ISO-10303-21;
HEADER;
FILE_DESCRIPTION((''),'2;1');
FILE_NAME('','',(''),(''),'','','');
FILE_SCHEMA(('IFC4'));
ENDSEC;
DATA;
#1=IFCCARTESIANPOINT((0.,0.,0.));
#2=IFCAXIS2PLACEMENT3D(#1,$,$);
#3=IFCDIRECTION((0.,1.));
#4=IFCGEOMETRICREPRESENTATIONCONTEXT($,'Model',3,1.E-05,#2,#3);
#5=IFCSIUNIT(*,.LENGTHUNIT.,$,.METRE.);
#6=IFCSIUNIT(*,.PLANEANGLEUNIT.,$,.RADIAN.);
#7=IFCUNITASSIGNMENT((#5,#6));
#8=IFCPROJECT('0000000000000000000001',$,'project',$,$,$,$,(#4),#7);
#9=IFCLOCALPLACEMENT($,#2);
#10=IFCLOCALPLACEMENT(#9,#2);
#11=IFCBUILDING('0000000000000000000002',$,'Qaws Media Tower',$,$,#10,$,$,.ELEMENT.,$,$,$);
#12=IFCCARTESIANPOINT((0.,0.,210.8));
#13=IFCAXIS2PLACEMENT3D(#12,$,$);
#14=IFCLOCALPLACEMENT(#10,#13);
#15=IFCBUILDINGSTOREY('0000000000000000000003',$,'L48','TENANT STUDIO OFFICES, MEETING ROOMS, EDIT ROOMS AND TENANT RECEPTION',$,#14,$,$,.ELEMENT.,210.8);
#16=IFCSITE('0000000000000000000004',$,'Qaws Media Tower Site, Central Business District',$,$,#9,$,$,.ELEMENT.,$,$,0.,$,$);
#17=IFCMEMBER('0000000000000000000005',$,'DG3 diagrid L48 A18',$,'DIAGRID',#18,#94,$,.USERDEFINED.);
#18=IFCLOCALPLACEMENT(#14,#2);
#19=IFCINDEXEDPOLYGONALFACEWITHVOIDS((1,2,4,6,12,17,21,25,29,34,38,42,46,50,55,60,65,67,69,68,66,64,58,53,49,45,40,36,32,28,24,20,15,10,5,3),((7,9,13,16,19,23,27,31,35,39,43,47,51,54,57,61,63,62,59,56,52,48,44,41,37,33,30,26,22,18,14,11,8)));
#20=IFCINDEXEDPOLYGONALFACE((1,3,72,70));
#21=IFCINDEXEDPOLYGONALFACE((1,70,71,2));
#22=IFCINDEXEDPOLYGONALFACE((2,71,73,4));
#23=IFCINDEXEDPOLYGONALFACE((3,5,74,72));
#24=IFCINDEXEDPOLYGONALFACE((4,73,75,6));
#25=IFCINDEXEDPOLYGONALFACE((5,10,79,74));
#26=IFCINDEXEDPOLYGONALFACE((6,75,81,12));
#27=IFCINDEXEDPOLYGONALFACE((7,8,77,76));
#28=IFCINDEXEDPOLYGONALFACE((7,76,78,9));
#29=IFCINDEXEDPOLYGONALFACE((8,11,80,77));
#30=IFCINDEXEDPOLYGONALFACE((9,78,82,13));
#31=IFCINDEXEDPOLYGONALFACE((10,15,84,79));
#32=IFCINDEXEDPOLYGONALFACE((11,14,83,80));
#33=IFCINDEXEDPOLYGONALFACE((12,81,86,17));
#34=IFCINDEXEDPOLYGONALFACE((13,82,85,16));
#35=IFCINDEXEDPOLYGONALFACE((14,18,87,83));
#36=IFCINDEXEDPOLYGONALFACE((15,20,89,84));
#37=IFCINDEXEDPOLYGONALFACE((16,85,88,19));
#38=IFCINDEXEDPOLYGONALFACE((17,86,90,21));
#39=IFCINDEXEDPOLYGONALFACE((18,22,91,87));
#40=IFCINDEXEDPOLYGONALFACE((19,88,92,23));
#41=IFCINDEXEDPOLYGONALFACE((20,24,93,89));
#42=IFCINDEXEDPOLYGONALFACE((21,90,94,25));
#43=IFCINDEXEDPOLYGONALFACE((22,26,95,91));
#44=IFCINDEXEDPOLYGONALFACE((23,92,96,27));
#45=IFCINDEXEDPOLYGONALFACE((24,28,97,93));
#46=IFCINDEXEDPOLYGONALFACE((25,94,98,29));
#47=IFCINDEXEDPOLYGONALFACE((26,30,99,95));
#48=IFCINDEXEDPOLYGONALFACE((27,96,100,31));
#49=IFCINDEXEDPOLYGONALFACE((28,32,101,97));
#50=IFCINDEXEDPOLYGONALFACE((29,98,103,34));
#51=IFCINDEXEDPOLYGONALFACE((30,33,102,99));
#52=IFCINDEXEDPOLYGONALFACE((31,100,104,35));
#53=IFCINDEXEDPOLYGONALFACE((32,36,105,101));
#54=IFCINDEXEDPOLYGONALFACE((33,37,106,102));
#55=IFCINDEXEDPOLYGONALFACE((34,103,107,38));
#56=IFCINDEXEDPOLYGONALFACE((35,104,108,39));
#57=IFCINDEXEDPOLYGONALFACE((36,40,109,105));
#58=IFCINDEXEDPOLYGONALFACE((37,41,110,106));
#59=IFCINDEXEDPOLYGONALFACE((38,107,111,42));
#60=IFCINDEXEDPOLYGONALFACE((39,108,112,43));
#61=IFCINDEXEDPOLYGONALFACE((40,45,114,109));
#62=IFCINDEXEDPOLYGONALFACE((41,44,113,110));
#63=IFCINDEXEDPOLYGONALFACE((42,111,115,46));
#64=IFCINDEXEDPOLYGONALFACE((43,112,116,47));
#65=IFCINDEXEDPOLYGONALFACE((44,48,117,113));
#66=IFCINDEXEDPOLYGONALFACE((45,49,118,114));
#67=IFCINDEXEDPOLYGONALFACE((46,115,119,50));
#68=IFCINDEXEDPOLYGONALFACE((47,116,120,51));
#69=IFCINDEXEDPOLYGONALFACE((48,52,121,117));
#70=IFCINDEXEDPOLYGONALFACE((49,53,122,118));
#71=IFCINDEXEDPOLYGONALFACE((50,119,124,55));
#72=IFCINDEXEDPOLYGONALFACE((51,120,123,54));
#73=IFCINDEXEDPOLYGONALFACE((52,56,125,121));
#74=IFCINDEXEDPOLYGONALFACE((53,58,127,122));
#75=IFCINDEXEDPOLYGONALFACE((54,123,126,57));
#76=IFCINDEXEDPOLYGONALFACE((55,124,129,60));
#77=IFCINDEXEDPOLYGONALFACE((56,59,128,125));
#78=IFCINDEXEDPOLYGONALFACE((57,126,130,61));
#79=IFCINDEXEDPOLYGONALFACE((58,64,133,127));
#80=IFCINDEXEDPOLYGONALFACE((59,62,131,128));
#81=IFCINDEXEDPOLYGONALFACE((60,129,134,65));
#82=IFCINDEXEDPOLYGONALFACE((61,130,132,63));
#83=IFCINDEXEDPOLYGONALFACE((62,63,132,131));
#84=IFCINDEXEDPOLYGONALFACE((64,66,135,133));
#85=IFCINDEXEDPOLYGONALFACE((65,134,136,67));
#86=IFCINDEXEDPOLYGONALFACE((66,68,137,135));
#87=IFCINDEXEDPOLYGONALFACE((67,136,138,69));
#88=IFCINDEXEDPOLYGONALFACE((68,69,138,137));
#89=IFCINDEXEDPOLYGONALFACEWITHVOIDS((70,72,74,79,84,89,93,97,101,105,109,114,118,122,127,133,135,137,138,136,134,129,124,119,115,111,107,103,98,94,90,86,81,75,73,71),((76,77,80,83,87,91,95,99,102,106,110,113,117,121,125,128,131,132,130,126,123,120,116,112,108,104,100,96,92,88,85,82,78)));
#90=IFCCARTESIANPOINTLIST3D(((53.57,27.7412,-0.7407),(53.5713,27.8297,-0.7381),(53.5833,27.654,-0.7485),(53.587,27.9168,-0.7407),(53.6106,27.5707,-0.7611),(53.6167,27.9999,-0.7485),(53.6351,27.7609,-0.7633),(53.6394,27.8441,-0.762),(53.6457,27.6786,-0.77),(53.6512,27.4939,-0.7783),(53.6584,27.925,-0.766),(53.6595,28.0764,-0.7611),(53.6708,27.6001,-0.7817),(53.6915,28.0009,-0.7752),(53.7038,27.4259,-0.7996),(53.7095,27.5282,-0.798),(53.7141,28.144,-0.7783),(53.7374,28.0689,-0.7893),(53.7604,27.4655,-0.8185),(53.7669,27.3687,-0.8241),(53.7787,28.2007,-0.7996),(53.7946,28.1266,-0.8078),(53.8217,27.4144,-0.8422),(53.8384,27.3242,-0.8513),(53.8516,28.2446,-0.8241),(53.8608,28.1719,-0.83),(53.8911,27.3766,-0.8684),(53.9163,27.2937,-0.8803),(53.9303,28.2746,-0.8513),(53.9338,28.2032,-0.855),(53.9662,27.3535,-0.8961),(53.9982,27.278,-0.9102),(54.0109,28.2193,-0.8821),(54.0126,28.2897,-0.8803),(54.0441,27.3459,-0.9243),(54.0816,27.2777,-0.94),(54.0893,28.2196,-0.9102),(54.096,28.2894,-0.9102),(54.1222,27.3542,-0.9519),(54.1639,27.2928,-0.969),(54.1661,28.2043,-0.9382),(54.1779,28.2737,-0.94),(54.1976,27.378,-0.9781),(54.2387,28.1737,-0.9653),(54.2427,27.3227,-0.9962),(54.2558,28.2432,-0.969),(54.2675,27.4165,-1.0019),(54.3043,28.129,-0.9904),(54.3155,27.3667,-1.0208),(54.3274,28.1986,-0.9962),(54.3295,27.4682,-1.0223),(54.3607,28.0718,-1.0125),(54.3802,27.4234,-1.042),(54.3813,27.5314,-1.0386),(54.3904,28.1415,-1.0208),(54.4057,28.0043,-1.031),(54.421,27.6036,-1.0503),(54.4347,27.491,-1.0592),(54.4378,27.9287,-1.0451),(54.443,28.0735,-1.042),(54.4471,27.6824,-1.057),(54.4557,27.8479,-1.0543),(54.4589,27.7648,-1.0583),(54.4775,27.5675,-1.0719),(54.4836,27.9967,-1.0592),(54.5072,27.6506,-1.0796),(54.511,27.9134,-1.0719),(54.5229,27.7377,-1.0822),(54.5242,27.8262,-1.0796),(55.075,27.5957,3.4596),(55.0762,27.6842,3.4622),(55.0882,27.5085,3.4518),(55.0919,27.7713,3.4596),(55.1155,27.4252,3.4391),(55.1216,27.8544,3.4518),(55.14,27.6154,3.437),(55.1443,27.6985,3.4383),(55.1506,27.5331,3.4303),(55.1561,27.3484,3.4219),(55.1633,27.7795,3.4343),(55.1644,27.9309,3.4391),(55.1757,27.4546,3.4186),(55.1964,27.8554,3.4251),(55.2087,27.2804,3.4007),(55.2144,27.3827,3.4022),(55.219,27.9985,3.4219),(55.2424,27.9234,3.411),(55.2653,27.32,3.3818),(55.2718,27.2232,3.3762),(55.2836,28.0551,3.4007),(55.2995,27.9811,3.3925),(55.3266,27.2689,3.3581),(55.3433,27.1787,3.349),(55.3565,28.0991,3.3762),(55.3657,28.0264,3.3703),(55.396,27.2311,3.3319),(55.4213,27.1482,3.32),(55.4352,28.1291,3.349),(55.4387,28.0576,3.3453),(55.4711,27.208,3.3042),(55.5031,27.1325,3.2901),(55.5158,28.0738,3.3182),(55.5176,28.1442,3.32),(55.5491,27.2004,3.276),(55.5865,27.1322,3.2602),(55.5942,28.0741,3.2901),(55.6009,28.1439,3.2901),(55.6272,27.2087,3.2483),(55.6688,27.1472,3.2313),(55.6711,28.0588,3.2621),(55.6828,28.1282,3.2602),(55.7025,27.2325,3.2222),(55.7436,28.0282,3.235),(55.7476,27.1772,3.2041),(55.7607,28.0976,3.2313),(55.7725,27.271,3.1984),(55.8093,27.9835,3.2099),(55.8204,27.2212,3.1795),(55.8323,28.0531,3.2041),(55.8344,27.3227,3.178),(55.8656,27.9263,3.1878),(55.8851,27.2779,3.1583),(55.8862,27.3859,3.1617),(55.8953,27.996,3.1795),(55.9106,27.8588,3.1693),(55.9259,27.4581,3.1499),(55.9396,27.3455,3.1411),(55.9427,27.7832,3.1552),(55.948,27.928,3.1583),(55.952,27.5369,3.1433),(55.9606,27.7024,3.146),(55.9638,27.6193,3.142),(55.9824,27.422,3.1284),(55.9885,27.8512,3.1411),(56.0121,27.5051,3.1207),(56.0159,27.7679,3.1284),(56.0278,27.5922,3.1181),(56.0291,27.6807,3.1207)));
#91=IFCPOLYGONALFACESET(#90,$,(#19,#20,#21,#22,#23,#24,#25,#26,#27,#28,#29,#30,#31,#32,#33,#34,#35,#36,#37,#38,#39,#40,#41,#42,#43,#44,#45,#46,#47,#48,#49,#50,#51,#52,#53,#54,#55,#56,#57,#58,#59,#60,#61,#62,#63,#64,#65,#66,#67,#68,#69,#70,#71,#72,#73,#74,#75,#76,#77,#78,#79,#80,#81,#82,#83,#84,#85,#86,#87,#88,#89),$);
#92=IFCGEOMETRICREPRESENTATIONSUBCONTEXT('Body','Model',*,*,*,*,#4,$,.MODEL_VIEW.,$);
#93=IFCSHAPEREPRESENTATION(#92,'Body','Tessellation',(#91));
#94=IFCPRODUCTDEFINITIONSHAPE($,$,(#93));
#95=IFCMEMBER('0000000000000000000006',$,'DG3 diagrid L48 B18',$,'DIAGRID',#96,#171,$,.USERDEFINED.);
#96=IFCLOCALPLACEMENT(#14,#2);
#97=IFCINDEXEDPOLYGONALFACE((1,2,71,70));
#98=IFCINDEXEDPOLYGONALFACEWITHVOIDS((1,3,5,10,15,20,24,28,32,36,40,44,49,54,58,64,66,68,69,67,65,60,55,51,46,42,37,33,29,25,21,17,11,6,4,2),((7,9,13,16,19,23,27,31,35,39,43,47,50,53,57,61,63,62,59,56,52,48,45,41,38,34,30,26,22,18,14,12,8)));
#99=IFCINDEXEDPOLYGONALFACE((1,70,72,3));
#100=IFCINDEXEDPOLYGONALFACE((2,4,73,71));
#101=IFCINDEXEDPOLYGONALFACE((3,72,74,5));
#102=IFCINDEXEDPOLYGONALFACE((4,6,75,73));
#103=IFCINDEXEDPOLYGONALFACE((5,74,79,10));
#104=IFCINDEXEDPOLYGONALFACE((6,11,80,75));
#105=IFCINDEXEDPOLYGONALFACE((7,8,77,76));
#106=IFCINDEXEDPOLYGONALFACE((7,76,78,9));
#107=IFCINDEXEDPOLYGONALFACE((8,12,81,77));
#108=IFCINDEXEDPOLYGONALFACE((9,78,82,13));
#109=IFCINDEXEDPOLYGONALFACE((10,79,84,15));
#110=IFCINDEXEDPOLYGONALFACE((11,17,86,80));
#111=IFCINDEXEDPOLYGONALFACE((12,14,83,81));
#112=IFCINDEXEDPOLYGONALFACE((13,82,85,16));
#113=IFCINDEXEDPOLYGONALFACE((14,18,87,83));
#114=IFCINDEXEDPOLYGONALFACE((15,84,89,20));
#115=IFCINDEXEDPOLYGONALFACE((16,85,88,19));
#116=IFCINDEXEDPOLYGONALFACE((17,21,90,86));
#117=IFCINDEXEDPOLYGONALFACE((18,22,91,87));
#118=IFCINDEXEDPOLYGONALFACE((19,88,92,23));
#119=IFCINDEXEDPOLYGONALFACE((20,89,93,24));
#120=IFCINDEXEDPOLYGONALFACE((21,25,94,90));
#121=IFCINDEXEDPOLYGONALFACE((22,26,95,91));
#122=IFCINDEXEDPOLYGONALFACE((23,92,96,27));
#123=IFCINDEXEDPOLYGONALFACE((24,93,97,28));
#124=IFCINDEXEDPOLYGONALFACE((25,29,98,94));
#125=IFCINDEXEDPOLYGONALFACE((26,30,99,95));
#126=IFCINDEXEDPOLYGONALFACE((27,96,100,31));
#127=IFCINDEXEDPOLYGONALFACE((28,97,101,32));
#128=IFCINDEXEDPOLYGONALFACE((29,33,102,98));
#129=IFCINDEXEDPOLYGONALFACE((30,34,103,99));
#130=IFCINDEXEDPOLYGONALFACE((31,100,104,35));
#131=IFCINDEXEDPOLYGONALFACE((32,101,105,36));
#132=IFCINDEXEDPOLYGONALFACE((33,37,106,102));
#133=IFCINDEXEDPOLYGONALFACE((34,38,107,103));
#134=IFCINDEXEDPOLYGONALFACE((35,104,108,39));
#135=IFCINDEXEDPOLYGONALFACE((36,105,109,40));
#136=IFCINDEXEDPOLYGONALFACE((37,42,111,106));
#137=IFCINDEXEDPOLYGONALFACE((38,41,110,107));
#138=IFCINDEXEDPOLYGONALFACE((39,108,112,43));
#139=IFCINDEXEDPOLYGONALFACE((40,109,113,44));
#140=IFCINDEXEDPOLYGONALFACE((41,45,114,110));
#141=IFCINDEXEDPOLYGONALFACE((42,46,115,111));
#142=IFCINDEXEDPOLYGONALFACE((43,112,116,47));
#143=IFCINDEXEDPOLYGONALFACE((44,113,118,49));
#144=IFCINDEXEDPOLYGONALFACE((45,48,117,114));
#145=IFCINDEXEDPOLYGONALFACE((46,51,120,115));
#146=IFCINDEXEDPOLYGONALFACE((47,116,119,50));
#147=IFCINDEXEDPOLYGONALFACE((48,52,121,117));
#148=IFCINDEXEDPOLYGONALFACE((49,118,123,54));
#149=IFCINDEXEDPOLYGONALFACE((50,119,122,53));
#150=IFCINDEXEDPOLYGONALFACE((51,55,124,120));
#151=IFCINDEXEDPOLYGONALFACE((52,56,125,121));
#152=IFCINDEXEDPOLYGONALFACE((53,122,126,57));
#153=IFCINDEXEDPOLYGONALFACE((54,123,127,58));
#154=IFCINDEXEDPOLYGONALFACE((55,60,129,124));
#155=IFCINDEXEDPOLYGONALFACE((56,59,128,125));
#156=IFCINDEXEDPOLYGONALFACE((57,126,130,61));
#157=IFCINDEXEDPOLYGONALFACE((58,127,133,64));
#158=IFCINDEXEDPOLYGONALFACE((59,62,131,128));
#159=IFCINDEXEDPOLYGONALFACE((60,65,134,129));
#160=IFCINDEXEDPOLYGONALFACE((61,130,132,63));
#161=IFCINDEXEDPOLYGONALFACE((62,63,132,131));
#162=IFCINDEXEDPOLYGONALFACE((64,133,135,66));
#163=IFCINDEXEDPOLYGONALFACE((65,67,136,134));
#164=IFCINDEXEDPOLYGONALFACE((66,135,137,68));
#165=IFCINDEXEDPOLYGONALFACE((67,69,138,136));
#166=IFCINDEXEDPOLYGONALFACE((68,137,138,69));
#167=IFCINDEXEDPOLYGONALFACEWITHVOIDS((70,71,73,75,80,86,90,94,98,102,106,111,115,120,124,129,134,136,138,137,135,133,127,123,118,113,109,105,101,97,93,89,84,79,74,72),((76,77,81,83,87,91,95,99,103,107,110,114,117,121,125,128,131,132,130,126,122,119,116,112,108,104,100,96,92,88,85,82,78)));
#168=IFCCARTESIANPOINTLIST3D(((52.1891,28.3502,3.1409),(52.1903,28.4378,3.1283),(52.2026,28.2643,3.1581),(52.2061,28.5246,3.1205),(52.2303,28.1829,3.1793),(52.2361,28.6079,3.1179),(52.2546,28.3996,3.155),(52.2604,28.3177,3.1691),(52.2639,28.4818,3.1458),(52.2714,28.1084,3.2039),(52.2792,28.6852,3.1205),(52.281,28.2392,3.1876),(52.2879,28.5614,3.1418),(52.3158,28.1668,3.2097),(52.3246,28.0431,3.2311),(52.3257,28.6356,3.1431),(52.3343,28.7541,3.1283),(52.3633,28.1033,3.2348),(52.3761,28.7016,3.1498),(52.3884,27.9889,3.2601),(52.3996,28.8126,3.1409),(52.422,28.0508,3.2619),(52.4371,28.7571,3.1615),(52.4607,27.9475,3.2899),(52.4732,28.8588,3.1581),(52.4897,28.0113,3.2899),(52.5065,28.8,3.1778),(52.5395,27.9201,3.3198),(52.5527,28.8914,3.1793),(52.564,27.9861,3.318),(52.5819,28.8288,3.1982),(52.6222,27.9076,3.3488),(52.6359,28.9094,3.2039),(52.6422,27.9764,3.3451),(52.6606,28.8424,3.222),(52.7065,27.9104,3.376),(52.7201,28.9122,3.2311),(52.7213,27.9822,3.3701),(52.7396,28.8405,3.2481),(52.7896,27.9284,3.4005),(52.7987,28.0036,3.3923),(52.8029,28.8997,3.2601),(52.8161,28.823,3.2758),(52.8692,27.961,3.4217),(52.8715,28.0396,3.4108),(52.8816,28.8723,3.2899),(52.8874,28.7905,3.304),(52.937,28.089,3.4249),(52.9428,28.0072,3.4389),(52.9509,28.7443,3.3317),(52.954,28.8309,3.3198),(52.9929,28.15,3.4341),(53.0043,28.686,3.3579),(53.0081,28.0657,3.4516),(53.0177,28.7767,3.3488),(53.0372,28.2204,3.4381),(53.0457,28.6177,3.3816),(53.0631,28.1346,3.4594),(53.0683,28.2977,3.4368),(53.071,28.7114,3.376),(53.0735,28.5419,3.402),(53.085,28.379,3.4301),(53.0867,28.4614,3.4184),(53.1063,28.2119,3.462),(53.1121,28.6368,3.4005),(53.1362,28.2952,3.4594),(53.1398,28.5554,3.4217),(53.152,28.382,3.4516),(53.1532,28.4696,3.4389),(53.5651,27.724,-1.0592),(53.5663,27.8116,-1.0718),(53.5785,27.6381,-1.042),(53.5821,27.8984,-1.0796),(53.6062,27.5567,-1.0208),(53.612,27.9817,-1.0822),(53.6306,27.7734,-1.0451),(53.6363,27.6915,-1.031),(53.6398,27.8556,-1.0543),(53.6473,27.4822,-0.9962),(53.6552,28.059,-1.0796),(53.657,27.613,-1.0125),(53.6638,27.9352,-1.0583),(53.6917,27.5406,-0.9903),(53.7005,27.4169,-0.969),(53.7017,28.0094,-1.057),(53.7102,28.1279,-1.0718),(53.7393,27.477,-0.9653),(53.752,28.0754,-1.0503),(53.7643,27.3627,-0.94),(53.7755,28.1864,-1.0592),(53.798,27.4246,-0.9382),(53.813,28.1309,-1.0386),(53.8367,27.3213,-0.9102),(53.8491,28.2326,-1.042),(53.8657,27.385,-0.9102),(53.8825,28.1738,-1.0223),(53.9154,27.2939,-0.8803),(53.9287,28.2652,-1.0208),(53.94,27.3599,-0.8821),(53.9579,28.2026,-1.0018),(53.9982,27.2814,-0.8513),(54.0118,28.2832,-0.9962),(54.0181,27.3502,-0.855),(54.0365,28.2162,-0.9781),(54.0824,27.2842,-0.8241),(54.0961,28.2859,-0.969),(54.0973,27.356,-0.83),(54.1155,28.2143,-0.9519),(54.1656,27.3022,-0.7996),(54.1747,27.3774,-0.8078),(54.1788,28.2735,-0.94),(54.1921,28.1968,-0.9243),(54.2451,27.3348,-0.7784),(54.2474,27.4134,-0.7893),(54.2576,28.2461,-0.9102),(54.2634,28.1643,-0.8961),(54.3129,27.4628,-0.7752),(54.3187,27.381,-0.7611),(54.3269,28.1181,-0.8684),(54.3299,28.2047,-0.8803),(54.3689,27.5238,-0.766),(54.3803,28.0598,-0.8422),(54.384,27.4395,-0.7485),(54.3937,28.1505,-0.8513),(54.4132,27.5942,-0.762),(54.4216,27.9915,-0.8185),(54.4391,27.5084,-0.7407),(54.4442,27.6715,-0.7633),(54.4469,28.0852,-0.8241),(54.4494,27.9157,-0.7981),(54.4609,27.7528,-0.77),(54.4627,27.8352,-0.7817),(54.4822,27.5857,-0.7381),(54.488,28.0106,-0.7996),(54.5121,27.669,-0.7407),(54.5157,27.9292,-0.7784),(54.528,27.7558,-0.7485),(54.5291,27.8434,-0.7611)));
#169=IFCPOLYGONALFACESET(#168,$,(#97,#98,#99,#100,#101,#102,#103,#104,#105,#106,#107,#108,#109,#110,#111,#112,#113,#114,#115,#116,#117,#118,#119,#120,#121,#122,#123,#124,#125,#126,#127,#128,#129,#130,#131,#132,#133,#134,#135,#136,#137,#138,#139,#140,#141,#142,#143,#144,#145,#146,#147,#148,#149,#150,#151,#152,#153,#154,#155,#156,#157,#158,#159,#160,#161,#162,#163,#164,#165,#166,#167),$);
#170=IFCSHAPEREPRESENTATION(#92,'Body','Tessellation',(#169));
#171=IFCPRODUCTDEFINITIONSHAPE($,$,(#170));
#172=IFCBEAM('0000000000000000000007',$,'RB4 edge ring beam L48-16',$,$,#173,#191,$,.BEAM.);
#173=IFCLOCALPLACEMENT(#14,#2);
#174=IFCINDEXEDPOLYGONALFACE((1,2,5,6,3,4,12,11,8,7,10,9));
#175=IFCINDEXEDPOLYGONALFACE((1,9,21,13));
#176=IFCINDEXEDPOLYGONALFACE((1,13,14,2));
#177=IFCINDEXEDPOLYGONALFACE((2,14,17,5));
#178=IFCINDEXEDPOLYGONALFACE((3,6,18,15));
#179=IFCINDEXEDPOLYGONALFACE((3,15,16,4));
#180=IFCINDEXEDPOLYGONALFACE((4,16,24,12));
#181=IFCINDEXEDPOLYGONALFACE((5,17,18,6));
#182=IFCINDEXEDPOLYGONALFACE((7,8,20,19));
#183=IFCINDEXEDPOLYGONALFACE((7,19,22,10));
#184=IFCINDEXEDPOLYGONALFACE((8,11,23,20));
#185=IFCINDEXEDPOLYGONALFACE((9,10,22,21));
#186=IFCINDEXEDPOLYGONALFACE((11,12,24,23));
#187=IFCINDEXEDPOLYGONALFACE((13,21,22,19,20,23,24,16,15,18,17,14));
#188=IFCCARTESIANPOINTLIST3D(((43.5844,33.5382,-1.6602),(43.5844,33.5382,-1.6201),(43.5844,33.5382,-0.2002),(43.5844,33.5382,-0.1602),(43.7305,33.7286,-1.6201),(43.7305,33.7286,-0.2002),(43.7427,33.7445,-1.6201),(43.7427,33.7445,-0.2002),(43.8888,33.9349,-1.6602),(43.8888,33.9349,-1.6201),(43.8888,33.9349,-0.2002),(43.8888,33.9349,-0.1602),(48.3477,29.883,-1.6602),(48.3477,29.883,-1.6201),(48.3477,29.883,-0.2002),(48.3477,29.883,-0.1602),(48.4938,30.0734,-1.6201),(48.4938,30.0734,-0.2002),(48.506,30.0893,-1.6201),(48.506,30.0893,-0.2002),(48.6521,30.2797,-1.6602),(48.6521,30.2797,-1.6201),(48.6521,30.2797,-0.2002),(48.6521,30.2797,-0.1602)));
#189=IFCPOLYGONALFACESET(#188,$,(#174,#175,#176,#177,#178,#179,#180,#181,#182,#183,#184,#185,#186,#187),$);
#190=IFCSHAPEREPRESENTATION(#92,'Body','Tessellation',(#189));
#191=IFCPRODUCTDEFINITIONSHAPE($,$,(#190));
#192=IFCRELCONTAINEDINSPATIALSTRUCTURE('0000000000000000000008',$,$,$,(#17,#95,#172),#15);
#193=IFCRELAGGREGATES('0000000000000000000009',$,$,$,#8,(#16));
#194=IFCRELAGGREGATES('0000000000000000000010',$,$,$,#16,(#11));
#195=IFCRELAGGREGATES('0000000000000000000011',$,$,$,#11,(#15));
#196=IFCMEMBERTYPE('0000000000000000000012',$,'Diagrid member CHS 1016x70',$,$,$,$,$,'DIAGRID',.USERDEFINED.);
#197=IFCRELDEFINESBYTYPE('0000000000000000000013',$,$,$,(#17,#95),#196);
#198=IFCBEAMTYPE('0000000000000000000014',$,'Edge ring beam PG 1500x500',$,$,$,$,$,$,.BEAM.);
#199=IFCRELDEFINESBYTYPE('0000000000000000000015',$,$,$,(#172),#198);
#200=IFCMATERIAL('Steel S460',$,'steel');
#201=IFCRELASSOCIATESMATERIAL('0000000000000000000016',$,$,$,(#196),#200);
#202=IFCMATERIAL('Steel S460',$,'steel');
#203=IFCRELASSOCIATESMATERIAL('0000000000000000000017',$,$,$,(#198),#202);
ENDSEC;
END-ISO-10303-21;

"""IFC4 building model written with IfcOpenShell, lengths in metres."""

from ifc_helpers import new_model, si_unit, direction, frame, origin, origin_2d, place, context, subcontext, project, spatial, hollow_circle, i_section, extrude, material, material_profile, profile_set, type_object, element, save


model = new_model("IFC4")

# Units and contexts
model_context = context("Model", 3, precision=1e-05, world=origin(), true_north=direction((0.0, 1.0)))
body_context = subcontext(model_context, "Body", "Model", "MODEL_VIEW")
ifc_project = project(units=[si_unit("LENGTHUNIT", "METRE"), si_unit("PLANEANGLEUNIT", "RADIAN")], contexts=[model_context])

# Site, building, storey
site_placement = place(None, origin())
site = spatial("IfcSite", under=ifc_project, at=site_placement, Name="Qaws Media Tower Site, Central Business District", CompositionType="ELEMENT", RefElevation=0.0)
building_placement = place(site_placement, origin())
building = spatial("IfcBuilding", under=site, at=building_placement, Name="Qaws Media Tower", CompositionType="ELEMENT")
storey_placement = place(building_placement, frame((0.0, 0.0, 210.8)))
storey = spatial("IfcBuildingStorey", under=building, at=storey_placement, Name="L48", Description="TENANT STUDIO OFFICES, MEETING ROOMS, EDIT ROOMS AND TENANT RECEPTION", CompositionType="ELEMENT", Elevation=210.8)

# Members
ifc_material_1 = material(Name="Steel S460", Category="steel")
ifc_material_profile_1 = material_profile(ifc_material_1, hollow_circle(Radius=0.5081, WallThickness=0.0701, at=origin_2d()), Name="CHS 1016x70")
ifc_profile_set_1 = profile_set([ifc_material_profile_1], Name="Steel S460")
member_type_1 = type_object("IfcMemberType", Name="Diagrid member CHS 1016x70", ElementType="DIAGRID", PredefinedType="USERDEFINED", material=ifc_profile_set_1)
for number, where, z_axis, x_axis, name in (
    (1, (54.0471, 27.7837, -0.9102), (0.337114, -0.032596, 0.940899), (0.096242, 0.995358, 0.0), "DG3 diagrid L48 A18"),
):
    element("IfcMember", number, at=place(storey_placement, frame(where, z_axis=z_axis, x_axis=x_axis)), inside=storey, type_object=member_type_1, Name=name, ObjectType="DIAGRID", PredefinedType="USERDEFINED", context=body_context, shape_type="SweptSolid", body=[
        extrude(hollow_circle(Radius=0.5081, WallThickness=0.0701, at=origin_2d()), origin(), (0.0, 0.0, 1.0), 4.4641),
    ])
member_1_placement = place(storey_placement, frame((54.0471, 27.7837, -0.9102), z_axis=(-0.30824, 0.140283, 0.940908), x_axis=(-0.414229, -0.910173, 0.0)))
element("IfcMember", 2, at=member_1_placement, inside=storey, type_object=member_type_1, Name="DG3 diagrid L48 B18", ObjectType="DIAGRID", PredefinedType="USERDEFINED", context=body_context, shape_type="SweptSolid", body=[
    extrude(hollow_circle(Radius=0.5081, WallThickness=0.0701, at=origin_2d()), origin(), (0.0, 0.0, 1.0), 4.4639),
])

# Beam
ifc_material_2 = material(Name="Steel S460", Category="steel")
ifc_material_profile_2 = material_profile(ifc_material_2, i_section(OverallWidth=0.5, OverallDepth=1.5, WebThickness=0.02, FlangeThickness=0.04, at=origin_2d()), Name="PG 1500x500")
ifc_profile_set_2 = profile_set([ifc_material_profile_2], Name="Steel S460")
beam_type = type_object("IfcBeamType", Name="Edge ring beam PG 1500x500", PredefinedType="BEAM", material=ifc_profile_set_2)
for number, where, z_axis, x_axis, name in (
    (3, (43.7366, 33.7366, -0.9102), (0.79334, -0.608779, 0.0), (0.608779, 0.79334, 0.0), "RB4 edge ring beam L48-16"),
):
    element("IfcBeam", number, at=place(storey_placement, frame(where, z_axis=z_axis, x_axis=x_axis)), inside=storey, type_object=beam_type, Name=name, PredefinedType="BEAM", context=body_context, shape_type="SweptSolid", body=[
        extrude(i_section(OverallWidth=0.5, OverallDepth=1.5, WebThickness=0.02, FlangeThickness=0.04, at=origin_2d()), origin(), (0.0, 0.0, 1.0), 6.0042),
    ])

save(model, "model.ifc")
